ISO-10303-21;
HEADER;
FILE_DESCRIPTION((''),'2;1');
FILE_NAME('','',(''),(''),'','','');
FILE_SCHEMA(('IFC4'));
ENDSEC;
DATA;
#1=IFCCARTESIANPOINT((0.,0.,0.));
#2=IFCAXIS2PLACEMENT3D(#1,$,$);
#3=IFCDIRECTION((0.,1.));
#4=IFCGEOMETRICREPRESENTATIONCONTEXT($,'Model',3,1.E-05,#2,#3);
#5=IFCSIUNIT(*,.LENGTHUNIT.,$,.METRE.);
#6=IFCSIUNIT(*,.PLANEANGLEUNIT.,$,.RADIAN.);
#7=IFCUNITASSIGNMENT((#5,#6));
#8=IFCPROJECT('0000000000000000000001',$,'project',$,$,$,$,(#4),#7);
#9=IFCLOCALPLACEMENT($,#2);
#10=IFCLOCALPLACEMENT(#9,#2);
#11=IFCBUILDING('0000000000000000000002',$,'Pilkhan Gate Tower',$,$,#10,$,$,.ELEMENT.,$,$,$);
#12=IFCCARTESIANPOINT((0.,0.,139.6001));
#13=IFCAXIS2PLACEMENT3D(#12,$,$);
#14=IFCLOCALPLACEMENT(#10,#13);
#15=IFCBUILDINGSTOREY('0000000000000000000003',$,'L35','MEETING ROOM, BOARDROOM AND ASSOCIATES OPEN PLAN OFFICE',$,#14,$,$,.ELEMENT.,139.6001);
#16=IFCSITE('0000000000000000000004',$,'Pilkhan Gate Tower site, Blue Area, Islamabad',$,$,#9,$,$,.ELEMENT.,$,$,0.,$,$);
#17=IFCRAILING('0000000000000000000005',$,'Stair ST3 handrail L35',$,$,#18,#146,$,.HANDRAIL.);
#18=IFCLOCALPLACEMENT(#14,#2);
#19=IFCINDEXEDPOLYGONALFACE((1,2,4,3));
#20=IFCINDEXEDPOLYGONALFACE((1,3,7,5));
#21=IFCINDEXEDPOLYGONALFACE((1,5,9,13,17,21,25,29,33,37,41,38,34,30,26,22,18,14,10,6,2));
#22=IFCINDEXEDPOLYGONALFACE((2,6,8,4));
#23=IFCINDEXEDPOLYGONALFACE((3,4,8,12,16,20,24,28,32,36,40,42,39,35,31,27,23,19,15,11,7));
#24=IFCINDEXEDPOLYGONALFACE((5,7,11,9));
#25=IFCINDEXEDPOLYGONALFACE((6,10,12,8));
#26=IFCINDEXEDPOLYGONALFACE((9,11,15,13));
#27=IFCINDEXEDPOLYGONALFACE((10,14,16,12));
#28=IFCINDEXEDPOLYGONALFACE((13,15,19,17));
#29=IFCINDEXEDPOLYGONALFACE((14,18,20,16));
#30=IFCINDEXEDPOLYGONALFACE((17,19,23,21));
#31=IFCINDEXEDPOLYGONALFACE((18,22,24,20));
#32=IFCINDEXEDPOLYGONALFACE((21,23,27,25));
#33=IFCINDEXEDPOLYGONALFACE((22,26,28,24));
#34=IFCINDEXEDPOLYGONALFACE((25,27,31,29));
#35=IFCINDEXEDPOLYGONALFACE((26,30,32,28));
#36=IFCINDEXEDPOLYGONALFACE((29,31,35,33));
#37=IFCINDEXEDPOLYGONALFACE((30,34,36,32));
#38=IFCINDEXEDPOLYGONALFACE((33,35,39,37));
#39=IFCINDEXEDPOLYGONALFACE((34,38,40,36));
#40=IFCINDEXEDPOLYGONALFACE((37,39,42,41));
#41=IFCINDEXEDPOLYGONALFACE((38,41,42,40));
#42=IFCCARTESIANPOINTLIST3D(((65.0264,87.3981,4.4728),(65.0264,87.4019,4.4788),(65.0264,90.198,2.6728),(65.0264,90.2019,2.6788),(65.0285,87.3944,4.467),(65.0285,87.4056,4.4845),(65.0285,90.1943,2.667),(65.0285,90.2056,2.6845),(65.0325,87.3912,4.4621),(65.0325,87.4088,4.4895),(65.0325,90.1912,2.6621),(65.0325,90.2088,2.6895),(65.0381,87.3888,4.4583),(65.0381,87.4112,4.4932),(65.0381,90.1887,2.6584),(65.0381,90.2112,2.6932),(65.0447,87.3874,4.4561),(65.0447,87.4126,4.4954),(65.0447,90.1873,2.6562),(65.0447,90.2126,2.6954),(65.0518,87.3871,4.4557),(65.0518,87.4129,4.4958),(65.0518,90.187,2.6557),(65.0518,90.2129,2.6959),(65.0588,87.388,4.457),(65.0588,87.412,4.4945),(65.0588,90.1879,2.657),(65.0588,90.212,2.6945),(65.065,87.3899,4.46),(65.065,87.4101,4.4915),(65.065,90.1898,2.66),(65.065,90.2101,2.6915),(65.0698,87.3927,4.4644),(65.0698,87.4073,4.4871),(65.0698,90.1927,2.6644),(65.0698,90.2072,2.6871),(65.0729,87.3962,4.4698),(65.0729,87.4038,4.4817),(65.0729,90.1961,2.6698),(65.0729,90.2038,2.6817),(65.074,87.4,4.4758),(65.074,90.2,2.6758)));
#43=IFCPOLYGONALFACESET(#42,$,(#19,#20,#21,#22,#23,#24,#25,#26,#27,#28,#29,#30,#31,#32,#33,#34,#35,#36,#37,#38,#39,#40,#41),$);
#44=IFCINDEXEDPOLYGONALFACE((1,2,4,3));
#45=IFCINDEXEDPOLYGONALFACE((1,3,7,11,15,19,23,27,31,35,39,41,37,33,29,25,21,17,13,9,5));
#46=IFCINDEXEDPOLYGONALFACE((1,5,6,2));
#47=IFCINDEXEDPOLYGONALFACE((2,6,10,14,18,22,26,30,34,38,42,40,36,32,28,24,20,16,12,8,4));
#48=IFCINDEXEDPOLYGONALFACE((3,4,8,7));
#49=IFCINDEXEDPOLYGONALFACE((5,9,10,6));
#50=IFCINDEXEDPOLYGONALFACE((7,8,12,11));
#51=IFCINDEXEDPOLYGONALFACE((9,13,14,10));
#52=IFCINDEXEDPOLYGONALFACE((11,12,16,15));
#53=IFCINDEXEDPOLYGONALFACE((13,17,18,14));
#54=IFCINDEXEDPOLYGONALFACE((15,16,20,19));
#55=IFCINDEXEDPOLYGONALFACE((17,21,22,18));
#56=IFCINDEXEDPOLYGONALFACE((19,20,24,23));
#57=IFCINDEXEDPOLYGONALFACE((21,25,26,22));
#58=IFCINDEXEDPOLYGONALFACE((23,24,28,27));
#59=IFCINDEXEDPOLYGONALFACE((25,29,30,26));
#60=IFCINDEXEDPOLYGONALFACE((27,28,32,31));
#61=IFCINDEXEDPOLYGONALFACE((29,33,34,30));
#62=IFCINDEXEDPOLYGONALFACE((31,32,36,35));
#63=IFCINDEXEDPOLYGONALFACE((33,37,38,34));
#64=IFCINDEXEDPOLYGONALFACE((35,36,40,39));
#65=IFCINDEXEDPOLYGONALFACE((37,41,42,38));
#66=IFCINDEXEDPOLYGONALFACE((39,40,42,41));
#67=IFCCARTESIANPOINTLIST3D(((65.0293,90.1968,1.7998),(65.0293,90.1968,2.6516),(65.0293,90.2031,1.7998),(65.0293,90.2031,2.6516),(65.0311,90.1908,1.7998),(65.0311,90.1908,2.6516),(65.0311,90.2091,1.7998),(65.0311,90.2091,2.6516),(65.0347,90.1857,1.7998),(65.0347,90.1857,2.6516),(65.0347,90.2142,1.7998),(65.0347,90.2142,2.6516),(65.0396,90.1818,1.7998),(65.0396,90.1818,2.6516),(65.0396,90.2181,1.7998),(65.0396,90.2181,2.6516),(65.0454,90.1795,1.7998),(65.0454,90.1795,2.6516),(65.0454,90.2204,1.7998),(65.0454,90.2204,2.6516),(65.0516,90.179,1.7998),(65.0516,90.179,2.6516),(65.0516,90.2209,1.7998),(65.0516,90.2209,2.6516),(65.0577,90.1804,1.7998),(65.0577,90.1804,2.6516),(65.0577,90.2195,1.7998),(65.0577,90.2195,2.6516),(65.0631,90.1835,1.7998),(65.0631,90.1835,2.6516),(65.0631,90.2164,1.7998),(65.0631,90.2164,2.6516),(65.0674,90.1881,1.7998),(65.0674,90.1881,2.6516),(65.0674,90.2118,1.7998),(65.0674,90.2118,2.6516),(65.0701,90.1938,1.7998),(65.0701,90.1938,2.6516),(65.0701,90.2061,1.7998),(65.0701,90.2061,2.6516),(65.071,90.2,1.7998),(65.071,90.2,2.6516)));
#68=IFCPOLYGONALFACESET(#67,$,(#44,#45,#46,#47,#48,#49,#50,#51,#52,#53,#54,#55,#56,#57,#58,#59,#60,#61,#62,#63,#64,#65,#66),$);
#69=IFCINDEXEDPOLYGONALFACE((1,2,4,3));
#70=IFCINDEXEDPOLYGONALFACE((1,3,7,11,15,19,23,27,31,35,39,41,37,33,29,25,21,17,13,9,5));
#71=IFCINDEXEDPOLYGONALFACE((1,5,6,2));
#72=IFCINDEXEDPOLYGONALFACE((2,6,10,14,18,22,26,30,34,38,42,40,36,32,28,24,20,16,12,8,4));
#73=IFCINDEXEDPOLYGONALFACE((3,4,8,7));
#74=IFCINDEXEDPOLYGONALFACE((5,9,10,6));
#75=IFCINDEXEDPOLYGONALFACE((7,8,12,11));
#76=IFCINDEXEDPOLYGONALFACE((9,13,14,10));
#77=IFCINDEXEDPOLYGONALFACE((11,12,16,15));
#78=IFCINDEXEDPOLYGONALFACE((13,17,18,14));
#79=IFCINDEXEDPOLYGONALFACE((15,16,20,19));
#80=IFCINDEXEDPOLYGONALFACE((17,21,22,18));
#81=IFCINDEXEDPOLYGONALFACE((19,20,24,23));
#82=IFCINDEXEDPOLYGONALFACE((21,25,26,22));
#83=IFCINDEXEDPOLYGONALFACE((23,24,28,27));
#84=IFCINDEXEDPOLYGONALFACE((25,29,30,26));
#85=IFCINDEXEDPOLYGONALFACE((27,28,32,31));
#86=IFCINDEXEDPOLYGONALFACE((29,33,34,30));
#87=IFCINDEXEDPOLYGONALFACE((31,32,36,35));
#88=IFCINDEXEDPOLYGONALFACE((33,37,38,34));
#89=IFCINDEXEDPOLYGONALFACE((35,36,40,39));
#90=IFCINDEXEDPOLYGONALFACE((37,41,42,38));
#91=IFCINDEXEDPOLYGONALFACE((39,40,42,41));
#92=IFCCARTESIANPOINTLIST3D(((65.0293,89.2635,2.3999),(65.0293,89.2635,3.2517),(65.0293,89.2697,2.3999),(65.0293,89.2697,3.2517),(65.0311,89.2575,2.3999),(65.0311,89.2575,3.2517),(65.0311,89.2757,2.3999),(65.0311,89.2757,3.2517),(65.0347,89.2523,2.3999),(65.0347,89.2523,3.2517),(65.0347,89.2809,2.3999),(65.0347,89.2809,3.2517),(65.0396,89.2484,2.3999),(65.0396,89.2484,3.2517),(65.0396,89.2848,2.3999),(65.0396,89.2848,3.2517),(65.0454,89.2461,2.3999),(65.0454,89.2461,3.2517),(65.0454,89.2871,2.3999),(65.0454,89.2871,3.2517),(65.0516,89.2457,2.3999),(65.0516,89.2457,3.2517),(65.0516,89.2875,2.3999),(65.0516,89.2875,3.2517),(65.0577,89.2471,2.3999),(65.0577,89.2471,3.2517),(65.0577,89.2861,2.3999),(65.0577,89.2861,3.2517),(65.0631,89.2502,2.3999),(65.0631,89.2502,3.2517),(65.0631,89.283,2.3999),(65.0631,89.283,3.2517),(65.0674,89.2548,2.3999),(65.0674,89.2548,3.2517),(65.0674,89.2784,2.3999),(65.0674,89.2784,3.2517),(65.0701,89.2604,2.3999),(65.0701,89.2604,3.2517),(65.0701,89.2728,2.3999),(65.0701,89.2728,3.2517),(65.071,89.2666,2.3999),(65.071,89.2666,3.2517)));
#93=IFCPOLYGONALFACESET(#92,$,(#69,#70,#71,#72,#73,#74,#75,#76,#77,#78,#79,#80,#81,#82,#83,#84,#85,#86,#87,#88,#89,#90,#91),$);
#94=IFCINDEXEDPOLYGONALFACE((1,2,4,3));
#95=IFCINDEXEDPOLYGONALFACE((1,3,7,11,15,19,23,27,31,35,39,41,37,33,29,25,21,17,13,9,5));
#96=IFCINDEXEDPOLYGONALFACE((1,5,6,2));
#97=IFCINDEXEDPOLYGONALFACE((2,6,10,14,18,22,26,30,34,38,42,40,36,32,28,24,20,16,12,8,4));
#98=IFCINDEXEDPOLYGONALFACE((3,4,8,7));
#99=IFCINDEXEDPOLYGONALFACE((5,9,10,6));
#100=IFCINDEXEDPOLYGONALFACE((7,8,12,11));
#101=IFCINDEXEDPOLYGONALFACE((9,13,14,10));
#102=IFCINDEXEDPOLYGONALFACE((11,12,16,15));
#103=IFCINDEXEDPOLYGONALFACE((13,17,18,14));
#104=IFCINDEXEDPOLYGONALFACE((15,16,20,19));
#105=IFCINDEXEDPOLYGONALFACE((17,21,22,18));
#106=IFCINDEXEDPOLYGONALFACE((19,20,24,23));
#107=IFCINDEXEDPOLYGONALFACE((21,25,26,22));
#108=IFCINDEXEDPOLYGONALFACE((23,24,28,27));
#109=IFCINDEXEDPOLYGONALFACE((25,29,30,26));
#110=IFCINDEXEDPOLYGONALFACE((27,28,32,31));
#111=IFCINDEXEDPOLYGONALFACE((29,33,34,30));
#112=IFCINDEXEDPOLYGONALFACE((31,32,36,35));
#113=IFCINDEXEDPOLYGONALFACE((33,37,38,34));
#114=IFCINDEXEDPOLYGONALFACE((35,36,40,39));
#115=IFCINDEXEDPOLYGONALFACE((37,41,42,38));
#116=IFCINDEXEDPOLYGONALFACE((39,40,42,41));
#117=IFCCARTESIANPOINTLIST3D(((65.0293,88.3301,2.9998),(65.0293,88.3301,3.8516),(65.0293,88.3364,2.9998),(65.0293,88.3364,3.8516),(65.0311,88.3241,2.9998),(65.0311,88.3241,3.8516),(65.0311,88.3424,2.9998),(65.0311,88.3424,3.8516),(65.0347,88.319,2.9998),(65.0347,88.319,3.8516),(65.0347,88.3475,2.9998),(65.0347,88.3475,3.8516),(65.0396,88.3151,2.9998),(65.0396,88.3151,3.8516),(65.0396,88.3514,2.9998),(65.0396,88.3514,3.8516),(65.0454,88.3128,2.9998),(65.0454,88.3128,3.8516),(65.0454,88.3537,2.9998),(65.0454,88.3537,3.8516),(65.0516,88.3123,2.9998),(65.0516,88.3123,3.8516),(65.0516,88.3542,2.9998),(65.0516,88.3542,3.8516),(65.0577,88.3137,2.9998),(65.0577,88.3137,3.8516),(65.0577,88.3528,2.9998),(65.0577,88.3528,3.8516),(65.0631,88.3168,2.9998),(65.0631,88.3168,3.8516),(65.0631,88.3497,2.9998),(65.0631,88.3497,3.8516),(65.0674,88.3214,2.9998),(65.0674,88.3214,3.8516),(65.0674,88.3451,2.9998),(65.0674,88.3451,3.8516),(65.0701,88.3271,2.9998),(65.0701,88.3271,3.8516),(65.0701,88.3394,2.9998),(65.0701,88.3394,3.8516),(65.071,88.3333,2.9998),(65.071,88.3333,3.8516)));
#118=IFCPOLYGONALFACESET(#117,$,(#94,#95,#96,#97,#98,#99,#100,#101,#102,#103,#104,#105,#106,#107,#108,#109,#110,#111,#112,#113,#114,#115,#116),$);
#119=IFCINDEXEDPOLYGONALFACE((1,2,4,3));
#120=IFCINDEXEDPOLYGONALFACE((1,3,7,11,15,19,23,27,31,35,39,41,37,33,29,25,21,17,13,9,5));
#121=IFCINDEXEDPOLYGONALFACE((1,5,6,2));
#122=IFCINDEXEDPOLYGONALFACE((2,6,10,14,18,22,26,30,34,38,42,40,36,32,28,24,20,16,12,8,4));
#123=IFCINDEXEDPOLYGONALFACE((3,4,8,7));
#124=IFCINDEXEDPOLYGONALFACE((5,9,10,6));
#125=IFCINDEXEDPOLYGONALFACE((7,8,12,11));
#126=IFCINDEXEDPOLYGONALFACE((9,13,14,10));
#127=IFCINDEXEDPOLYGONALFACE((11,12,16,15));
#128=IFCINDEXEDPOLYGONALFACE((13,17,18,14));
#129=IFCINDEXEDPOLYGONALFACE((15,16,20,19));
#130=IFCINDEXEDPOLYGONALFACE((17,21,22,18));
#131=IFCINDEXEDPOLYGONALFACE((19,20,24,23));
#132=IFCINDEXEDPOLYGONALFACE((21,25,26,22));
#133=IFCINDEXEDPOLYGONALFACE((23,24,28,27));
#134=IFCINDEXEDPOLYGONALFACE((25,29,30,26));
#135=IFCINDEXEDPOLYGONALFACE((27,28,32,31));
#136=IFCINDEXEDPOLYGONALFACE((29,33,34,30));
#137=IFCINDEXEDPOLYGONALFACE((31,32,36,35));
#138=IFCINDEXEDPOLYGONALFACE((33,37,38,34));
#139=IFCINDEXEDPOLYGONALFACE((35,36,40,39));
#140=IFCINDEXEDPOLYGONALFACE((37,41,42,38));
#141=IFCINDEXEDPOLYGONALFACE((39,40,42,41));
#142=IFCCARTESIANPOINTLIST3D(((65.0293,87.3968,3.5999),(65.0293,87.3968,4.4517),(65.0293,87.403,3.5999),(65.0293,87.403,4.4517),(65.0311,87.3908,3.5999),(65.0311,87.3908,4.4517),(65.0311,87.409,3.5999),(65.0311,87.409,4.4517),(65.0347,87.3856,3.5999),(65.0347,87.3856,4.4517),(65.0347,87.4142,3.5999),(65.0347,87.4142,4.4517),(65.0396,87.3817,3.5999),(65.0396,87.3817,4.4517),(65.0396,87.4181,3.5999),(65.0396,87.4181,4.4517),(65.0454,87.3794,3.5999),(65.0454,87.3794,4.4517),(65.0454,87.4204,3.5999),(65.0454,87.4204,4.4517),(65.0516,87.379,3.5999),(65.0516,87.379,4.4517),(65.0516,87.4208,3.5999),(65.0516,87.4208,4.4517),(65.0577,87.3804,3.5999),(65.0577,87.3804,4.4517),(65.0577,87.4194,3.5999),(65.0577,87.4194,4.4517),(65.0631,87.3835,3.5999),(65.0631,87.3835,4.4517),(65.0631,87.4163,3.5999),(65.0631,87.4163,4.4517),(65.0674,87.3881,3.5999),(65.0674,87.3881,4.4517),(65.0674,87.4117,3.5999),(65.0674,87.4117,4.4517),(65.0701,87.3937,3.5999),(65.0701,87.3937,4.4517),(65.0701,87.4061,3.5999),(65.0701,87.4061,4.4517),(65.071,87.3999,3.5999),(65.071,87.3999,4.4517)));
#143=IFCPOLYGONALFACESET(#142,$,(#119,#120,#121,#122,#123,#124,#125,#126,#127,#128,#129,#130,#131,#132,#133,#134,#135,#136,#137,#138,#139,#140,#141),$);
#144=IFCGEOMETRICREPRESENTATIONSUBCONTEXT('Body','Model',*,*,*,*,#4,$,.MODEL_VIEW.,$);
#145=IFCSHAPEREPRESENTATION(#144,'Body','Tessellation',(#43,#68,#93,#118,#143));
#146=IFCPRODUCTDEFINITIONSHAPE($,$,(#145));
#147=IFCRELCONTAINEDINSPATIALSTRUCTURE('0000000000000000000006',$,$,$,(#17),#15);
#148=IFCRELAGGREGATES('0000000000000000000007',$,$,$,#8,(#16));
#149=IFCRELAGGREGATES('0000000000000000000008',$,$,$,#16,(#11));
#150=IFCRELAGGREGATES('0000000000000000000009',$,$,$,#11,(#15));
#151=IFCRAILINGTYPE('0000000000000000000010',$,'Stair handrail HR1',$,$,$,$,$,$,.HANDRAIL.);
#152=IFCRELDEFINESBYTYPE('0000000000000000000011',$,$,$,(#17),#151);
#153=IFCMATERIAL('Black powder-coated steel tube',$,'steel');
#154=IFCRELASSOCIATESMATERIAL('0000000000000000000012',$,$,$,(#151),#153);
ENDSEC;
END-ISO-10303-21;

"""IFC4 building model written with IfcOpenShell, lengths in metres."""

from ifc_helpers import new_model, si_unit, direction, frame, origin, origin_2d, place, context, subcontext, project, spatial, circle, extrude, material, type_object, element, save


model = new_model("IFC4")

# Units and contexts
model_context = context("Model", 3, precision=1e-05, world=origin(), true_north=direction((0.0, 1.0)))
body_context = subcontext(model_context, "Body", "Model", "MODEL_VIEW")
ifc_project = project(units=[si_unit("LENGTHUNIT", "METRE"), si_unit("PLANEANGLEUNIT", "RADIAN")], contexts=[model_context])

# Site, building, storey
site_placement = place(None, origin())
site = spatial("IfcSite", under=ifc_project, at=site_placement, Name="Pilkhan Gate Tower site, Blue Area, Islamabad", CompositionType="ELEMENT", RefElevation=0.0)
building_placement = place(site_placement, origin())
building = spatial("IfcBuilding", under=site, at=building_placement, Name="Pilkhan Gate Tower", CompositionType="ELEMENT")
storey_placement = place(building_placement, frame((0.0, 0.0, 139.6001)))
storey = spatial("IfcBuildingStorey", under=building, at=storey_placement, Name="L35", Description="MEETING ROOM, BOARDROOM AND ASSOCIATES OPEN PLAN OFFICE", CompositionType="ELEMENT", Elevation=139.6001)

# Railing
ifc_material_1 = material(Name="Black powder-coated steel tube", Category="steel")
railing_type_1 = type_object("IfcRailingType", Name="Stair handrail HR1", PredefinedType="HANDRAIL", material=ifc_material_1)
railing_1_placement = place(storey_placement, frame((65.05, 90.2, 1.7998)))
element("IfcRailing", 1, at=railing_1_placement, inside=storey, type_object=railing_type_1, Name="Stair ST3 handrail L35", PredefinedType="HANDRAIL", context=body_context, shape_type="SweptSolid", body=[
    extrude(circle(Radius=0.0239, at=origin_2d()), frame((0.0, 0.0, 0.876), z_axis=(0.0, -0.841176, 0.540761), x_axis=(1.0, 0.0, 0.0)), (0.0, 0.0, 1.0), 3.3286),
    extrude(circle(Radius=0.021, at=origin_2d()), origin(), (0.0, 0.0, 1.0), 0.8518),
    extrude(circle(Radius=0.021, at=origin_2d()), frame((0.0, -0.9333, 0.6001)), (0.0, 0.0, 1.0), 0.8518),
    extrude(circle(Radius=0.021, at=origin_2d()), frame((0.0, -1.8667, 1.2)), (0.0, 0.0, 1.0), 0.8518),
    extrude(circle(Radius=0.021, at=origin_2d()), frame((0.0, -2.8, 1.8)), (0.0, 0.0, 1.0), 0.8518),
])

save(model, "model.ifc")
